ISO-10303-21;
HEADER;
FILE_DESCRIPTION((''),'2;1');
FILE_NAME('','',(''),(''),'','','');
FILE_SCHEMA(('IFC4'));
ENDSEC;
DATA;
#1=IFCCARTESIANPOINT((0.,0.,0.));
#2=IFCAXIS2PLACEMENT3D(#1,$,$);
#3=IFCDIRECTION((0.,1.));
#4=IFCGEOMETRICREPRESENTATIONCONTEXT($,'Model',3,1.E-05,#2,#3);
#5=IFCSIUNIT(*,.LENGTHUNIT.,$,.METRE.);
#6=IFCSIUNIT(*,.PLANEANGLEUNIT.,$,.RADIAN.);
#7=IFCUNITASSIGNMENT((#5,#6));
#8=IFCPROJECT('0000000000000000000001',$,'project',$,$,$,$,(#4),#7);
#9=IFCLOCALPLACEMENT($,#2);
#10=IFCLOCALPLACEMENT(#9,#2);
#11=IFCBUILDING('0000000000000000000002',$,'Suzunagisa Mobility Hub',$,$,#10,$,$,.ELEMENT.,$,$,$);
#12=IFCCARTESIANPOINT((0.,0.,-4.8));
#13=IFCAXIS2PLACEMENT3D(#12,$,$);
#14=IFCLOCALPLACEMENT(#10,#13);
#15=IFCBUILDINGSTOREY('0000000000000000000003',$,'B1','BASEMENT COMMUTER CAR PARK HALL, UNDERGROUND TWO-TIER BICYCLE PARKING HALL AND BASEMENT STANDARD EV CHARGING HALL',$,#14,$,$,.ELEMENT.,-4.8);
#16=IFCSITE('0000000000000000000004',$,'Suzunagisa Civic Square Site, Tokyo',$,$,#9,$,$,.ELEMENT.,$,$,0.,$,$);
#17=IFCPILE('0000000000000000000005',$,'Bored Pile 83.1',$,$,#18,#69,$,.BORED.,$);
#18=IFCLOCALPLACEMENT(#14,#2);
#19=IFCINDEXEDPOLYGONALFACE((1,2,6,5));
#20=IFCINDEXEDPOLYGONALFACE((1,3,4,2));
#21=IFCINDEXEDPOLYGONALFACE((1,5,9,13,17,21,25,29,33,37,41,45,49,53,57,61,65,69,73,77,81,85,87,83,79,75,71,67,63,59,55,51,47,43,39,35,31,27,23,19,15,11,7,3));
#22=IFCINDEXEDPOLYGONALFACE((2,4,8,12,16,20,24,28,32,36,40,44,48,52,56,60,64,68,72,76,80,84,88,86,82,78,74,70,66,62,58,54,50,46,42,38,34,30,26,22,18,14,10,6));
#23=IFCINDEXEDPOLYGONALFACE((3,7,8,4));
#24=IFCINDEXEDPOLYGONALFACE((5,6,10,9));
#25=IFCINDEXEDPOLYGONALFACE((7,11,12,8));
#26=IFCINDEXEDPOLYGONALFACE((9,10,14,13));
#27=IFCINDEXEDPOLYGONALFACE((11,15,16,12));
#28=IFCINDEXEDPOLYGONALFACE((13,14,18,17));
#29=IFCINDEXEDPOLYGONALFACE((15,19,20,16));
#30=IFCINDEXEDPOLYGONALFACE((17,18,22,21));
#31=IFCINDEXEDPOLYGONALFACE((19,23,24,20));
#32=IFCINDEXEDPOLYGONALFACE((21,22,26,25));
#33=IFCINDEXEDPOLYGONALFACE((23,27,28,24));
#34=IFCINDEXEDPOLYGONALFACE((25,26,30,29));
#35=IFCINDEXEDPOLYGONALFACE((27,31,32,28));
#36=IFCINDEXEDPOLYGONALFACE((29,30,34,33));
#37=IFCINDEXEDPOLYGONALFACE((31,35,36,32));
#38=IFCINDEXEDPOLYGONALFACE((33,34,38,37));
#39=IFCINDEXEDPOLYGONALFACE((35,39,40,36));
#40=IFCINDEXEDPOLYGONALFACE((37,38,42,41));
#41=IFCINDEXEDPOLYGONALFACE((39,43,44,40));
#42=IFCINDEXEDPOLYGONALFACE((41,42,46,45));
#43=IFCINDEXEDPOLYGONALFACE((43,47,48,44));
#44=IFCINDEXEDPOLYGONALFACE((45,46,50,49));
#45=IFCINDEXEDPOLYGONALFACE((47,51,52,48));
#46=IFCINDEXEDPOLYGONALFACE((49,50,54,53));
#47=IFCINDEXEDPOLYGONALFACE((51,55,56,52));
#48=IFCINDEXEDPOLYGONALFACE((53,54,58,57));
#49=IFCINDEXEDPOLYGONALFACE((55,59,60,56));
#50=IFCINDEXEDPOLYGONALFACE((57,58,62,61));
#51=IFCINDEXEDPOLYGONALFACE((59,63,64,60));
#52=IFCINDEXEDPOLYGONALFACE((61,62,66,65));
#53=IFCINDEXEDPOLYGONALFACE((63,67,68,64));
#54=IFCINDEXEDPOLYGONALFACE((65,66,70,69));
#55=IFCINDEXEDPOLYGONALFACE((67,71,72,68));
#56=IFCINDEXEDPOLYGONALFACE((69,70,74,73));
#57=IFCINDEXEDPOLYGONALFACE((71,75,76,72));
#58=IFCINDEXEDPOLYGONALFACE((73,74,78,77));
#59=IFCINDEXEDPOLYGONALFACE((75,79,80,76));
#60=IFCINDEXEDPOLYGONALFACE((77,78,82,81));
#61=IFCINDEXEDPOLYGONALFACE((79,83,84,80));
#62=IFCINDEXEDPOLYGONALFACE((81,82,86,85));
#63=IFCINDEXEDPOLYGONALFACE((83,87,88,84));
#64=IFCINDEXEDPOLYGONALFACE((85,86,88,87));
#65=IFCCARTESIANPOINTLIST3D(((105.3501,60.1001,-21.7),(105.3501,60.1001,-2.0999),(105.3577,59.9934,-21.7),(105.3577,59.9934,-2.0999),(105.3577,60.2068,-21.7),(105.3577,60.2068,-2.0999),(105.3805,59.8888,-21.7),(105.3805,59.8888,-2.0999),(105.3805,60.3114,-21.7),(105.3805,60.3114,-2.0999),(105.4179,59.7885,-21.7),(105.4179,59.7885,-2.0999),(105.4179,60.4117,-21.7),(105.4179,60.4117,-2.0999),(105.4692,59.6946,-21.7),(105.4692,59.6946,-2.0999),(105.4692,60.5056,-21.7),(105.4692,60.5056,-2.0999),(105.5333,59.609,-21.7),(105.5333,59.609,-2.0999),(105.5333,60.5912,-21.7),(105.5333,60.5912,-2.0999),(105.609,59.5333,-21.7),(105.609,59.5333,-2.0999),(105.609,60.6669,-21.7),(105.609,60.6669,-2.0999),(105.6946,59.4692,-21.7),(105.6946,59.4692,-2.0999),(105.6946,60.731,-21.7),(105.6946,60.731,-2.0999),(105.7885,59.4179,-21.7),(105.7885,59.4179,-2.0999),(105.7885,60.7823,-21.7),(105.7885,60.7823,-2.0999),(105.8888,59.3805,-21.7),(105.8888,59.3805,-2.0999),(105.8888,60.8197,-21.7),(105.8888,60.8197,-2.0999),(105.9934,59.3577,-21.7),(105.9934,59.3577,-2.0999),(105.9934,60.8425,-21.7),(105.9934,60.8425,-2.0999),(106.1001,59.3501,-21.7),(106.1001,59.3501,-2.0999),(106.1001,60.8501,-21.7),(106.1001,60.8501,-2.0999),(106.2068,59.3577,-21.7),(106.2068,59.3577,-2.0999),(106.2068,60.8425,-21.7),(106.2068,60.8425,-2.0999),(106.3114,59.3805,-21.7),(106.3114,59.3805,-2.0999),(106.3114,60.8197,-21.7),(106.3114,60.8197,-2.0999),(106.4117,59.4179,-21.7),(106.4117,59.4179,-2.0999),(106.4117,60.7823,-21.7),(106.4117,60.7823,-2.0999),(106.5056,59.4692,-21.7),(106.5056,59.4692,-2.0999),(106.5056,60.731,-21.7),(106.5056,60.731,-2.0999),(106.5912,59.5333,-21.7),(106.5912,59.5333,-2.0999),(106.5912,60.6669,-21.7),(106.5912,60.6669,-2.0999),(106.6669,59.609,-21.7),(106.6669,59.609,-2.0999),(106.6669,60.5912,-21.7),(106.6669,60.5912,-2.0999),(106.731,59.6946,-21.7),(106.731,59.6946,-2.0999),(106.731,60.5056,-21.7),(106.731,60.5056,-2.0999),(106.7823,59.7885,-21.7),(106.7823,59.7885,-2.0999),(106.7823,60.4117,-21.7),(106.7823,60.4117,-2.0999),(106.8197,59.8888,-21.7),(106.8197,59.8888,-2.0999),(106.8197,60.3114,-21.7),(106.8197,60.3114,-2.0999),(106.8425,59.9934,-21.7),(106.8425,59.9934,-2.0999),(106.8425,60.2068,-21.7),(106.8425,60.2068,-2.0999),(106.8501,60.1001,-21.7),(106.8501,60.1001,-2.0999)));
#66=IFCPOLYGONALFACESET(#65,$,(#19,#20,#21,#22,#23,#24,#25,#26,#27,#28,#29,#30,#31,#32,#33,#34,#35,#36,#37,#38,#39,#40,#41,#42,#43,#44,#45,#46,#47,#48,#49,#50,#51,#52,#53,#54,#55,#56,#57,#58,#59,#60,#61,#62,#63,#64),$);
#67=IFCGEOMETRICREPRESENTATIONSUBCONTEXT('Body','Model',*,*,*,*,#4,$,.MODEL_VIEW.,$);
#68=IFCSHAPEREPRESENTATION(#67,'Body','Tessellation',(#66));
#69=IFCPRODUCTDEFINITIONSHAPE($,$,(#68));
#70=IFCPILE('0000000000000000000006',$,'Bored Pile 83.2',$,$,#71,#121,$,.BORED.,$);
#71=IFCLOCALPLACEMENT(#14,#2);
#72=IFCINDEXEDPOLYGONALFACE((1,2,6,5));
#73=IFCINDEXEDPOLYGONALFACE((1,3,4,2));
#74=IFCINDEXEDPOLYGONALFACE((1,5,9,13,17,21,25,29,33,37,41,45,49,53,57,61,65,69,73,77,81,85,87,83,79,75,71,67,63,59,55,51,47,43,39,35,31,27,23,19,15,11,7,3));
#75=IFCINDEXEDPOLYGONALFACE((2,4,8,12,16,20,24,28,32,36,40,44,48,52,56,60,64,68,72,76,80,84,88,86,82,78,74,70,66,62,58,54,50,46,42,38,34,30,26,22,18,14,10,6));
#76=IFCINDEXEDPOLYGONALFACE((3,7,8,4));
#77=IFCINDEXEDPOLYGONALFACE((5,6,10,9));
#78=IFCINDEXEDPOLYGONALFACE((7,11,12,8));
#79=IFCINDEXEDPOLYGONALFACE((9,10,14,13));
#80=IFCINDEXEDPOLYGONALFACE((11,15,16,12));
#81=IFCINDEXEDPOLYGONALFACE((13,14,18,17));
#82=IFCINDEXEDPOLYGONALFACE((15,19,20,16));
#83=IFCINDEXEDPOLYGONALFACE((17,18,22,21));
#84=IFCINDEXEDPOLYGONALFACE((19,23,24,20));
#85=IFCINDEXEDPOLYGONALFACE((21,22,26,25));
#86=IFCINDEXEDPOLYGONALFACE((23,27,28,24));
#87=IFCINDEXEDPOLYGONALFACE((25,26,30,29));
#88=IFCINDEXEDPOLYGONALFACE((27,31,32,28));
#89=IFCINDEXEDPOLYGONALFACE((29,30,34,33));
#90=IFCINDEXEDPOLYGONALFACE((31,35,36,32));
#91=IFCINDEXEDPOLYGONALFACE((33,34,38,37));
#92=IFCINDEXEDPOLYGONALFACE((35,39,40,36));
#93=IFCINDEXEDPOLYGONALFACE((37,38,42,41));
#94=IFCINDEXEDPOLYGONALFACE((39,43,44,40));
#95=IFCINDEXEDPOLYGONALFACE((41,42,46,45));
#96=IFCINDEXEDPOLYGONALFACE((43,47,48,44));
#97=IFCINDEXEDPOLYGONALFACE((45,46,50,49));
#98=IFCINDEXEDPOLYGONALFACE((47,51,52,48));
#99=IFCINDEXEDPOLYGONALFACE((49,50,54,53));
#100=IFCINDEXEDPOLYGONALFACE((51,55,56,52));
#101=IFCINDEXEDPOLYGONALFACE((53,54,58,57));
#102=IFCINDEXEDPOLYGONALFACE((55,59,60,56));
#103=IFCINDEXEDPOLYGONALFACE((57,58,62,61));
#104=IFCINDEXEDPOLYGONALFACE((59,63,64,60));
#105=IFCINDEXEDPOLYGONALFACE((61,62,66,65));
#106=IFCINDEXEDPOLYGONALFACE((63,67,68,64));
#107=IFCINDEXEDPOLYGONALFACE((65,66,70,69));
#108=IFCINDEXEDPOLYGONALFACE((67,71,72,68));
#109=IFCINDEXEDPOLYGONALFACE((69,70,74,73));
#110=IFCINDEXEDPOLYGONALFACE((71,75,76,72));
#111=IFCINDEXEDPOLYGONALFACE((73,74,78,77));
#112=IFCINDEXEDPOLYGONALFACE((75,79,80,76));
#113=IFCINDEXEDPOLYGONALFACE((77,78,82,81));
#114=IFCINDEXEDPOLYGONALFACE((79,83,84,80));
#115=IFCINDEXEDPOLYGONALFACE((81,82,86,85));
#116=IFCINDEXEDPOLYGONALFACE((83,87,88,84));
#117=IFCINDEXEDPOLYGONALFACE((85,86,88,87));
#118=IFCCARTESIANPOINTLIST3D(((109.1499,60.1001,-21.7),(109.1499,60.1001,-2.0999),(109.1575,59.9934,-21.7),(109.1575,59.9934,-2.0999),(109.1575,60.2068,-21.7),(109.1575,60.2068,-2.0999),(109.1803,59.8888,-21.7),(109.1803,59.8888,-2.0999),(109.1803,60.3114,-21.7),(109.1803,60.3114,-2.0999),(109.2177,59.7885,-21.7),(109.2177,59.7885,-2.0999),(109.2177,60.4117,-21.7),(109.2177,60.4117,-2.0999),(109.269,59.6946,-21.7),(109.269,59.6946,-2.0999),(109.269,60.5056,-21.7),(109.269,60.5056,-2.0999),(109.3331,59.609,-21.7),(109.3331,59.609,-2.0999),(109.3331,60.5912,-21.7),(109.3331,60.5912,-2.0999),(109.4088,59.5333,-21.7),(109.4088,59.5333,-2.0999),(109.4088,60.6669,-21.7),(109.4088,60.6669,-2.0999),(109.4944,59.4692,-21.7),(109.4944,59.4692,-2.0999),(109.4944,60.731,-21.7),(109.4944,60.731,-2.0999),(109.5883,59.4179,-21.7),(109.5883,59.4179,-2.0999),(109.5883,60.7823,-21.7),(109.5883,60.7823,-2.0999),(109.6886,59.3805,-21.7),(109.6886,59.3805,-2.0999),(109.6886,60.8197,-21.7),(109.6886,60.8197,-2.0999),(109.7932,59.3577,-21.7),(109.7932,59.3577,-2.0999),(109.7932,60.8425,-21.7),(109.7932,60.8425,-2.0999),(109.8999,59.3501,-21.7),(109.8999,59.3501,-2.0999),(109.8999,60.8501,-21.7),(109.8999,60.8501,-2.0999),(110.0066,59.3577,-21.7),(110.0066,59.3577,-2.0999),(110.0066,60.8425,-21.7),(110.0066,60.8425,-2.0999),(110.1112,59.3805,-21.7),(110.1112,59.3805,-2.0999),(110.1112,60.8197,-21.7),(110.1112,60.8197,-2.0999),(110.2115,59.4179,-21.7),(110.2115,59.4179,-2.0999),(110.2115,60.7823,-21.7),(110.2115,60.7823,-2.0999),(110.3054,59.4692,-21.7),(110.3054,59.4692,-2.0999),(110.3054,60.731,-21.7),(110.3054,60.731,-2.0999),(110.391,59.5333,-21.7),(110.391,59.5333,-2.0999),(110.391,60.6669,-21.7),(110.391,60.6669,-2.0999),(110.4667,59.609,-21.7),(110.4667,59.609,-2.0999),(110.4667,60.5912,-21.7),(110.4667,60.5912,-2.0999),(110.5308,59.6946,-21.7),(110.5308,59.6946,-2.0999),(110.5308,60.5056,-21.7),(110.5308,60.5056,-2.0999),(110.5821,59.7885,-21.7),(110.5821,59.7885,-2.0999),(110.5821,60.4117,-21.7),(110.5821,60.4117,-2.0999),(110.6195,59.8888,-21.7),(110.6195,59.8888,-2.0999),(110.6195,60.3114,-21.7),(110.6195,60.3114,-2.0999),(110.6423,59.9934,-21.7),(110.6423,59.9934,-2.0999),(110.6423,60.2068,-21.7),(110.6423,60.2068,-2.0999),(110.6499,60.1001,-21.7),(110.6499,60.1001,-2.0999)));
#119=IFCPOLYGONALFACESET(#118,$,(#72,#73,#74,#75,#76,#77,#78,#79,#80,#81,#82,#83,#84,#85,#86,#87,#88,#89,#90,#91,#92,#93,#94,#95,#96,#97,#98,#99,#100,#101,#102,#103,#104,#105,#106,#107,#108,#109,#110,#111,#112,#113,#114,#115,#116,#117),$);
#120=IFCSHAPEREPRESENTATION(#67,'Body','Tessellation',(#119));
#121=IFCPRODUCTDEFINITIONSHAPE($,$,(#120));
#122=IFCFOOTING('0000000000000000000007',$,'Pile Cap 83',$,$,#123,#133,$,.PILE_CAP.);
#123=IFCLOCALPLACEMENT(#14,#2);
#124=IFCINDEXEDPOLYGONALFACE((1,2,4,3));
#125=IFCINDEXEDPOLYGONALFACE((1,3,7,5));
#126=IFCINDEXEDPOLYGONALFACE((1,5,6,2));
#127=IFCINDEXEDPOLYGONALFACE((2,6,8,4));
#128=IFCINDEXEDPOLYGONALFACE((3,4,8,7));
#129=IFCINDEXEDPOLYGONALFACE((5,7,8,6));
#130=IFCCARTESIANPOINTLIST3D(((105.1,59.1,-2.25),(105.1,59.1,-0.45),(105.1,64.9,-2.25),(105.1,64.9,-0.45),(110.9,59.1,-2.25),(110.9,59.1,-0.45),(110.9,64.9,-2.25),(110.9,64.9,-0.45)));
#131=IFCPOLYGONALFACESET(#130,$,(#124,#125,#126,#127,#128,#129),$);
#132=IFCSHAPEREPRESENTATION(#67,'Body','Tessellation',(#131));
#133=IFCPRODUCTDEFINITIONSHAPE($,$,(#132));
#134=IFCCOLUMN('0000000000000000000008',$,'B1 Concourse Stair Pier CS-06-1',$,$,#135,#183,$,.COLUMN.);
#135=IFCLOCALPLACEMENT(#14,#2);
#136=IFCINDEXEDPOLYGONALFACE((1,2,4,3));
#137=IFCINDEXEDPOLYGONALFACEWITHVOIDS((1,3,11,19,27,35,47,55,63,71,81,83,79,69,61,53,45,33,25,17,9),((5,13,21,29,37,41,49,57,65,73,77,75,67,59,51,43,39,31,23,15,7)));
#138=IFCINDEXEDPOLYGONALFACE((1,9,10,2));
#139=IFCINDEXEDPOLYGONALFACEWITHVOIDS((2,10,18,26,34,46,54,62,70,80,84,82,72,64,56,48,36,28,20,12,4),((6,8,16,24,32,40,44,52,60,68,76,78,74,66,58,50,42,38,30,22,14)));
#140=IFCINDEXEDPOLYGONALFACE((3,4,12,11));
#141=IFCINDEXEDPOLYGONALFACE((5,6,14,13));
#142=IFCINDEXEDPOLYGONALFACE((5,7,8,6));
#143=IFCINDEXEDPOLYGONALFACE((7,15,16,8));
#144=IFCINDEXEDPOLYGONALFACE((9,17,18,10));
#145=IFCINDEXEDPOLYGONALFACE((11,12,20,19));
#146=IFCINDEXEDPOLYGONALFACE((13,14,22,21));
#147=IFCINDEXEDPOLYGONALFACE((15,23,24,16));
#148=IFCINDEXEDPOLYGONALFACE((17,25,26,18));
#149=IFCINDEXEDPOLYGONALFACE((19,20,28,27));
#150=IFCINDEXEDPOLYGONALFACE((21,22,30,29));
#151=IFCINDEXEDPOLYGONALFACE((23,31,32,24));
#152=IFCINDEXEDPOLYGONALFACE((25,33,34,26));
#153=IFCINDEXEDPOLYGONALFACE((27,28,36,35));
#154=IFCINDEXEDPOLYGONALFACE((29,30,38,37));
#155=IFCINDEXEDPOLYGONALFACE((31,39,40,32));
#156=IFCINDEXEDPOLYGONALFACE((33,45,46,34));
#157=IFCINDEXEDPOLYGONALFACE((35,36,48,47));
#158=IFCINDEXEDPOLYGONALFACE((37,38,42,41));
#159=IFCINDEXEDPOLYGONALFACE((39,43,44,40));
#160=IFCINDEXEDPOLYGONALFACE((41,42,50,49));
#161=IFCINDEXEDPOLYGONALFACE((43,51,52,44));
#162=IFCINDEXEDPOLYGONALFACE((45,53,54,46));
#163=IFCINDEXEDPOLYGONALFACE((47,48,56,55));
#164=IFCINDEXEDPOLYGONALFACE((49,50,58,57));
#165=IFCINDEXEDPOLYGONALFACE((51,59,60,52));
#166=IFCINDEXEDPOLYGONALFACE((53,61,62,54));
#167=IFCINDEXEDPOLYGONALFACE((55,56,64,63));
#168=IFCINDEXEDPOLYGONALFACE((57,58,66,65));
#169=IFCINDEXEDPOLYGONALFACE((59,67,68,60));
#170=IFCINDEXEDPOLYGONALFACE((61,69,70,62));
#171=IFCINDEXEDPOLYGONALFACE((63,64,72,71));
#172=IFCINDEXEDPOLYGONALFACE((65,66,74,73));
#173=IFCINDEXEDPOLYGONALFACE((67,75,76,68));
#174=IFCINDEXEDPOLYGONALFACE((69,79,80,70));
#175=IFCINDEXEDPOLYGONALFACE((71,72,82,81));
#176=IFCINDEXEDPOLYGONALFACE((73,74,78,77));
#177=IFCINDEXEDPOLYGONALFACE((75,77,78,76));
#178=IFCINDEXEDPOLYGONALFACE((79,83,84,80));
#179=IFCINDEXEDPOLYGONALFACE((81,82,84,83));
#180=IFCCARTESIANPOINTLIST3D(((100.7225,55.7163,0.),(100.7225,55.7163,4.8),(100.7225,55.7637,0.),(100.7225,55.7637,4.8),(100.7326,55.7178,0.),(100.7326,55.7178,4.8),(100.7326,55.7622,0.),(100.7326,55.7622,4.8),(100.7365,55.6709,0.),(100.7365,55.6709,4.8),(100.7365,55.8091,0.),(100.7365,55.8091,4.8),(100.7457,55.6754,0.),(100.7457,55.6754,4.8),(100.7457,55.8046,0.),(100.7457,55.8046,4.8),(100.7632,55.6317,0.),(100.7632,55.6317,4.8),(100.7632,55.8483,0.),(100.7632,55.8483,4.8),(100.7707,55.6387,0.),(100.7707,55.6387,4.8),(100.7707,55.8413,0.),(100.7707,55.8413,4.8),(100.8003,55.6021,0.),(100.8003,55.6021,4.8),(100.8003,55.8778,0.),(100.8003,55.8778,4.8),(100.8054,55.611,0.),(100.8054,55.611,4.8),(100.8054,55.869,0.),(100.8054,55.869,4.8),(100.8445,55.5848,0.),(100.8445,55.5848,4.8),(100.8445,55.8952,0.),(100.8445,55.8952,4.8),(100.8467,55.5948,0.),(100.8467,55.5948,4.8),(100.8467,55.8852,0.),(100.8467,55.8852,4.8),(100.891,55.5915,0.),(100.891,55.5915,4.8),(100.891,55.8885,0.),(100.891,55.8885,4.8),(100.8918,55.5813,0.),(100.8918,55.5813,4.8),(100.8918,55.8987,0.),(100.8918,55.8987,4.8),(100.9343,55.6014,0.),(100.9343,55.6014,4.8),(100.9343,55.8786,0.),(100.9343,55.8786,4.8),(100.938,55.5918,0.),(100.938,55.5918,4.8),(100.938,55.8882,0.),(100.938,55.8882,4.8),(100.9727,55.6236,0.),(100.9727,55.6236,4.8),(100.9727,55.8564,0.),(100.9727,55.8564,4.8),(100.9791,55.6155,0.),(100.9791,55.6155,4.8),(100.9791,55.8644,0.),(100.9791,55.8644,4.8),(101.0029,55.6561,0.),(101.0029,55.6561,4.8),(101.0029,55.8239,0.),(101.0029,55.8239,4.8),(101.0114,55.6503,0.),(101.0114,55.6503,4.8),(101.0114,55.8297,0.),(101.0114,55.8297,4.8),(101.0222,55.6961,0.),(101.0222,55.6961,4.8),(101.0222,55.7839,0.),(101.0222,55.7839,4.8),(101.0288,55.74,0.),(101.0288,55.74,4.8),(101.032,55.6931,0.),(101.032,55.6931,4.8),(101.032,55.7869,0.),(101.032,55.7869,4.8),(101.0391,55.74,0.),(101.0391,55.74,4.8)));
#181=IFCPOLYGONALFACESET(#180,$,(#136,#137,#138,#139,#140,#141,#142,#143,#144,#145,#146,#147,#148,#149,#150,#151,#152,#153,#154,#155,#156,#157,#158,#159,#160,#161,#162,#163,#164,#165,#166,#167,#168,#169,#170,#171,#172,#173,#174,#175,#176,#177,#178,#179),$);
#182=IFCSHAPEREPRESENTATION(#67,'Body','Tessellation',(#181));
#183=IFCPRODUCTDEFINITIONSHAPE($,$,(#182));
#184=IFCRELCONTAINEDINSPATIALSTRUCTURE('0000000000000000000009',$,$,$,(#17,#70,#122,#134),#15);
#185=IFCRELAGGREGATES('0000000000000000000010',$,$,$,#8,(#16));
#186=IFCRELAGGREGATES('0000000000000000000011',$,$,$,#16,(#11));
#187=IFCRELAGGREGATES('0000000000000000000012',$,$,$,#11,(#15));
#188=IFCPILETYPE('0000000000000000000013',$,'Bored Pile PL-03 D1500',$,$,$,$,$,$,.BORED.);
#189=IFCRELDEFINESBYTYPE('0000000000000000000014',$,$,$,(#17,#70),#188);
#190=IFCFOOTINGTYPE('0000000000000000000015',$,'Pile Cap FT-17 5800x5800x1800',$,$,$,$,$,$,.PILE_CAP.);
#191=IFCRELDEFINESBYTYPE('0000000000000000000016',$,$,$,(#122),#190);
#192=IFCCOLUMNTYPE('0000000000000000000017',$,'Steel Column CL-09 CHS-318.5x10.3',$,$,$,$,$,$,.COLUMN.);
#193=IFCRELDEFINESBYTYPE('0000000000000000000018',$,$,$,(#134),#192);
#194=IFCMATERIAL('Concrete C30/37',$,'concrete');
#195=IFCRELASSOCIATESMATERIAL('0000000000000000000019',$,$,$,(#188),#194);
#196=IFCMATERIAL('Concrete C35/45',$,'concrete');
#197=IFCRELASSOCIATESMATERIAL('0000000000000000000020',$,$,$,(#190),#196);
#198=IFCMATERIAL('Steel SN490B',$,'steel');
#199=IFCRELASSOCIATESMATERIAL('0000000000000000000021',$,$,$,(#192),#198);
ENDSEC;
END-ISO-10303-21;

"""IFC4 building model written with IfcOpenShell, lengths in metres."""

from ifc_helpers import new_model, si_unit, direction, frame, origin, origin_2d, place, context, subcontext, project, spatial, rectangle, circle, hollow_circle, extrude, material, material_profile, profile_set, type_object, element, save


model = new_model("IFC4")

# Units and contexts
model_context = context("Model", 3, precision=1e-05, world=origin(), true_north=direction((0.0, 1.0)))
body_context = subcontext(model_context, "Body", "Model", "MODEL_VIEW")
ifc_project = project(units=[si_unit("LENGTHUNIT", "METRE"), si_unit("PLANEANGLEUNIT", "RADIAN")], contexts=[model_context])

# Site, building, storey
site_placement = place(None, origin())
site = spatial("IfcSite", under=ifc_project, at=site_placement, Name="Suzunagisa Civic Square Site, Tokyo", CompositionType="ELEMENT", RefElevation=0.0)
building_placement = place(site_placement, origin())
building = spatial("IfcBuilding", under=site, at=building_placement, Name="Suzunagisa Mobility Hub", CompositionType="ELEMENT")
storey_placement = place(building_placement, frame((0.0, 0.0, -4.8)))
storey = spatial("IfcBuildingStorey", under=building, at=storey_placement, Name="B1", Description="BASEMENT COMMUTER CAR PARK HALL, UNDERGROUND TWO-TIER BICYCLE PARKING HALL AND BASEMENT STANDARD EV CHARGING HALL", CompositionType="ELEMENT", Elevation=-4.8)

# Piles
ifc_material_1 = material(Name="Concrete C30/37", Category="concrete")
ifc_material_profile_1 = material_profile(ifc_material_1, circle(Radius=0.75, at=origin_2d()), Name="BORED PILE D1500")
ifc_profile_set_1 = profile_set([ifc_material_profile_1], Name="Concrete C30/37")
pile_type_1 = type_object("IfcPileType", Name="Bored Pile PL-03 D1500", PredefinedType="BORED", material=ifc_profile_set_1)
for number, where, z_axis, x_axis, name in (
    (1, (106.1001, 60.1001, -2.0999), (0.0, 0.0, -1.0), (1.0, 0.0, 0.0), "Bored Pile 83.1"),
    (2, (109.8999, 60.1001, -2.0999), (0.0, 0.0, -1.0), (1.0, 0.0, 0.0), "Bored Pile 83.2"),
):
    element("IfcPile", number, at=place(storey_placement, frame(where, z_axis=z_axis, x_axis=x_axis)), inside=storey, type_object=pile_type_1, Name=name, PredefinedType="BORED", context=body_context, shape_type="SweptSolid", body=[
        extrude(circle(Radius=0.75, at=origin_2d()), origin(), (0.0, 0.0, 1.0), 19.6001),
    ])

# Footing
ifc_material_2 = material(Name="Concrete C35/45", Category="concrete")
footing_type = type_object("IfcFootingType", Name="Pile Cap FT-17 5800x5800x1800", PredefinedType="PILE_CAP", material=ifc_material_2)
footing_placement = place(storey_placement, frame((108.0, 62.0, -2.25), z_axis=(0.0, 0.0, 1.0), x_axis=(1.0, 0.0, 0.0)))
element("IfcFooting", 3, at=footing_placement, inside=storey, type_object=footing_type, Name="Pile Cap 83", PredefinedType="PILE_CAP", context=body_context, shape_type="SweptSolid", body=[
    extrude(rectangle(XDim=5.8, YDim=5.8, at=origin_2d()), origin(), (0.0, 0.0, 1.0), 1.8),
])

# Column
ifc_material_3 = material(Name="Steel SN490B", Category="steel")
ifc_material_profile_2 = material_profile(ifc_material_3, hollow_circle(Radius=0.1592, WallThickness=0.0103, at=origin_2d()), Name="CHS-318.5x10.3")
ifc_profile_set_2 = profile_set([ifc_material_profile_2], Name="Steel SN490B")
column_type_1 = type_object("IfcColumnType", Name="Steel Column CL-09 CHS-318.5x10.3", PredefinedType="COLUMN", material=ifc_profile_set_2)
for number, where, z_axis, x_axis, name in (
    (4, (100.8799, 55.74, 0.0), (0.0, 0.0, 1.0), (1.0, 0.0, 0.0), "B1 Concourse Stair Pier CS-06-1"),
):
    element("IfcColumn", number, at=place(storey_placement, frame(where, z_axis=z_axis, x_axis=x_axis)), inside=storey, type_object=column_type_1, Name=name, PredefinedType="COLUMN", context=body_context, shape_type="SweptSolid", body=[
        extrude(hollow_circle(Radius=0.1592, WallThickness=0.0103, at=origin_2d()), origin(), (0.0, 0.0, 1.0), 4.8),
    ])

save(model, "model.ifc")
